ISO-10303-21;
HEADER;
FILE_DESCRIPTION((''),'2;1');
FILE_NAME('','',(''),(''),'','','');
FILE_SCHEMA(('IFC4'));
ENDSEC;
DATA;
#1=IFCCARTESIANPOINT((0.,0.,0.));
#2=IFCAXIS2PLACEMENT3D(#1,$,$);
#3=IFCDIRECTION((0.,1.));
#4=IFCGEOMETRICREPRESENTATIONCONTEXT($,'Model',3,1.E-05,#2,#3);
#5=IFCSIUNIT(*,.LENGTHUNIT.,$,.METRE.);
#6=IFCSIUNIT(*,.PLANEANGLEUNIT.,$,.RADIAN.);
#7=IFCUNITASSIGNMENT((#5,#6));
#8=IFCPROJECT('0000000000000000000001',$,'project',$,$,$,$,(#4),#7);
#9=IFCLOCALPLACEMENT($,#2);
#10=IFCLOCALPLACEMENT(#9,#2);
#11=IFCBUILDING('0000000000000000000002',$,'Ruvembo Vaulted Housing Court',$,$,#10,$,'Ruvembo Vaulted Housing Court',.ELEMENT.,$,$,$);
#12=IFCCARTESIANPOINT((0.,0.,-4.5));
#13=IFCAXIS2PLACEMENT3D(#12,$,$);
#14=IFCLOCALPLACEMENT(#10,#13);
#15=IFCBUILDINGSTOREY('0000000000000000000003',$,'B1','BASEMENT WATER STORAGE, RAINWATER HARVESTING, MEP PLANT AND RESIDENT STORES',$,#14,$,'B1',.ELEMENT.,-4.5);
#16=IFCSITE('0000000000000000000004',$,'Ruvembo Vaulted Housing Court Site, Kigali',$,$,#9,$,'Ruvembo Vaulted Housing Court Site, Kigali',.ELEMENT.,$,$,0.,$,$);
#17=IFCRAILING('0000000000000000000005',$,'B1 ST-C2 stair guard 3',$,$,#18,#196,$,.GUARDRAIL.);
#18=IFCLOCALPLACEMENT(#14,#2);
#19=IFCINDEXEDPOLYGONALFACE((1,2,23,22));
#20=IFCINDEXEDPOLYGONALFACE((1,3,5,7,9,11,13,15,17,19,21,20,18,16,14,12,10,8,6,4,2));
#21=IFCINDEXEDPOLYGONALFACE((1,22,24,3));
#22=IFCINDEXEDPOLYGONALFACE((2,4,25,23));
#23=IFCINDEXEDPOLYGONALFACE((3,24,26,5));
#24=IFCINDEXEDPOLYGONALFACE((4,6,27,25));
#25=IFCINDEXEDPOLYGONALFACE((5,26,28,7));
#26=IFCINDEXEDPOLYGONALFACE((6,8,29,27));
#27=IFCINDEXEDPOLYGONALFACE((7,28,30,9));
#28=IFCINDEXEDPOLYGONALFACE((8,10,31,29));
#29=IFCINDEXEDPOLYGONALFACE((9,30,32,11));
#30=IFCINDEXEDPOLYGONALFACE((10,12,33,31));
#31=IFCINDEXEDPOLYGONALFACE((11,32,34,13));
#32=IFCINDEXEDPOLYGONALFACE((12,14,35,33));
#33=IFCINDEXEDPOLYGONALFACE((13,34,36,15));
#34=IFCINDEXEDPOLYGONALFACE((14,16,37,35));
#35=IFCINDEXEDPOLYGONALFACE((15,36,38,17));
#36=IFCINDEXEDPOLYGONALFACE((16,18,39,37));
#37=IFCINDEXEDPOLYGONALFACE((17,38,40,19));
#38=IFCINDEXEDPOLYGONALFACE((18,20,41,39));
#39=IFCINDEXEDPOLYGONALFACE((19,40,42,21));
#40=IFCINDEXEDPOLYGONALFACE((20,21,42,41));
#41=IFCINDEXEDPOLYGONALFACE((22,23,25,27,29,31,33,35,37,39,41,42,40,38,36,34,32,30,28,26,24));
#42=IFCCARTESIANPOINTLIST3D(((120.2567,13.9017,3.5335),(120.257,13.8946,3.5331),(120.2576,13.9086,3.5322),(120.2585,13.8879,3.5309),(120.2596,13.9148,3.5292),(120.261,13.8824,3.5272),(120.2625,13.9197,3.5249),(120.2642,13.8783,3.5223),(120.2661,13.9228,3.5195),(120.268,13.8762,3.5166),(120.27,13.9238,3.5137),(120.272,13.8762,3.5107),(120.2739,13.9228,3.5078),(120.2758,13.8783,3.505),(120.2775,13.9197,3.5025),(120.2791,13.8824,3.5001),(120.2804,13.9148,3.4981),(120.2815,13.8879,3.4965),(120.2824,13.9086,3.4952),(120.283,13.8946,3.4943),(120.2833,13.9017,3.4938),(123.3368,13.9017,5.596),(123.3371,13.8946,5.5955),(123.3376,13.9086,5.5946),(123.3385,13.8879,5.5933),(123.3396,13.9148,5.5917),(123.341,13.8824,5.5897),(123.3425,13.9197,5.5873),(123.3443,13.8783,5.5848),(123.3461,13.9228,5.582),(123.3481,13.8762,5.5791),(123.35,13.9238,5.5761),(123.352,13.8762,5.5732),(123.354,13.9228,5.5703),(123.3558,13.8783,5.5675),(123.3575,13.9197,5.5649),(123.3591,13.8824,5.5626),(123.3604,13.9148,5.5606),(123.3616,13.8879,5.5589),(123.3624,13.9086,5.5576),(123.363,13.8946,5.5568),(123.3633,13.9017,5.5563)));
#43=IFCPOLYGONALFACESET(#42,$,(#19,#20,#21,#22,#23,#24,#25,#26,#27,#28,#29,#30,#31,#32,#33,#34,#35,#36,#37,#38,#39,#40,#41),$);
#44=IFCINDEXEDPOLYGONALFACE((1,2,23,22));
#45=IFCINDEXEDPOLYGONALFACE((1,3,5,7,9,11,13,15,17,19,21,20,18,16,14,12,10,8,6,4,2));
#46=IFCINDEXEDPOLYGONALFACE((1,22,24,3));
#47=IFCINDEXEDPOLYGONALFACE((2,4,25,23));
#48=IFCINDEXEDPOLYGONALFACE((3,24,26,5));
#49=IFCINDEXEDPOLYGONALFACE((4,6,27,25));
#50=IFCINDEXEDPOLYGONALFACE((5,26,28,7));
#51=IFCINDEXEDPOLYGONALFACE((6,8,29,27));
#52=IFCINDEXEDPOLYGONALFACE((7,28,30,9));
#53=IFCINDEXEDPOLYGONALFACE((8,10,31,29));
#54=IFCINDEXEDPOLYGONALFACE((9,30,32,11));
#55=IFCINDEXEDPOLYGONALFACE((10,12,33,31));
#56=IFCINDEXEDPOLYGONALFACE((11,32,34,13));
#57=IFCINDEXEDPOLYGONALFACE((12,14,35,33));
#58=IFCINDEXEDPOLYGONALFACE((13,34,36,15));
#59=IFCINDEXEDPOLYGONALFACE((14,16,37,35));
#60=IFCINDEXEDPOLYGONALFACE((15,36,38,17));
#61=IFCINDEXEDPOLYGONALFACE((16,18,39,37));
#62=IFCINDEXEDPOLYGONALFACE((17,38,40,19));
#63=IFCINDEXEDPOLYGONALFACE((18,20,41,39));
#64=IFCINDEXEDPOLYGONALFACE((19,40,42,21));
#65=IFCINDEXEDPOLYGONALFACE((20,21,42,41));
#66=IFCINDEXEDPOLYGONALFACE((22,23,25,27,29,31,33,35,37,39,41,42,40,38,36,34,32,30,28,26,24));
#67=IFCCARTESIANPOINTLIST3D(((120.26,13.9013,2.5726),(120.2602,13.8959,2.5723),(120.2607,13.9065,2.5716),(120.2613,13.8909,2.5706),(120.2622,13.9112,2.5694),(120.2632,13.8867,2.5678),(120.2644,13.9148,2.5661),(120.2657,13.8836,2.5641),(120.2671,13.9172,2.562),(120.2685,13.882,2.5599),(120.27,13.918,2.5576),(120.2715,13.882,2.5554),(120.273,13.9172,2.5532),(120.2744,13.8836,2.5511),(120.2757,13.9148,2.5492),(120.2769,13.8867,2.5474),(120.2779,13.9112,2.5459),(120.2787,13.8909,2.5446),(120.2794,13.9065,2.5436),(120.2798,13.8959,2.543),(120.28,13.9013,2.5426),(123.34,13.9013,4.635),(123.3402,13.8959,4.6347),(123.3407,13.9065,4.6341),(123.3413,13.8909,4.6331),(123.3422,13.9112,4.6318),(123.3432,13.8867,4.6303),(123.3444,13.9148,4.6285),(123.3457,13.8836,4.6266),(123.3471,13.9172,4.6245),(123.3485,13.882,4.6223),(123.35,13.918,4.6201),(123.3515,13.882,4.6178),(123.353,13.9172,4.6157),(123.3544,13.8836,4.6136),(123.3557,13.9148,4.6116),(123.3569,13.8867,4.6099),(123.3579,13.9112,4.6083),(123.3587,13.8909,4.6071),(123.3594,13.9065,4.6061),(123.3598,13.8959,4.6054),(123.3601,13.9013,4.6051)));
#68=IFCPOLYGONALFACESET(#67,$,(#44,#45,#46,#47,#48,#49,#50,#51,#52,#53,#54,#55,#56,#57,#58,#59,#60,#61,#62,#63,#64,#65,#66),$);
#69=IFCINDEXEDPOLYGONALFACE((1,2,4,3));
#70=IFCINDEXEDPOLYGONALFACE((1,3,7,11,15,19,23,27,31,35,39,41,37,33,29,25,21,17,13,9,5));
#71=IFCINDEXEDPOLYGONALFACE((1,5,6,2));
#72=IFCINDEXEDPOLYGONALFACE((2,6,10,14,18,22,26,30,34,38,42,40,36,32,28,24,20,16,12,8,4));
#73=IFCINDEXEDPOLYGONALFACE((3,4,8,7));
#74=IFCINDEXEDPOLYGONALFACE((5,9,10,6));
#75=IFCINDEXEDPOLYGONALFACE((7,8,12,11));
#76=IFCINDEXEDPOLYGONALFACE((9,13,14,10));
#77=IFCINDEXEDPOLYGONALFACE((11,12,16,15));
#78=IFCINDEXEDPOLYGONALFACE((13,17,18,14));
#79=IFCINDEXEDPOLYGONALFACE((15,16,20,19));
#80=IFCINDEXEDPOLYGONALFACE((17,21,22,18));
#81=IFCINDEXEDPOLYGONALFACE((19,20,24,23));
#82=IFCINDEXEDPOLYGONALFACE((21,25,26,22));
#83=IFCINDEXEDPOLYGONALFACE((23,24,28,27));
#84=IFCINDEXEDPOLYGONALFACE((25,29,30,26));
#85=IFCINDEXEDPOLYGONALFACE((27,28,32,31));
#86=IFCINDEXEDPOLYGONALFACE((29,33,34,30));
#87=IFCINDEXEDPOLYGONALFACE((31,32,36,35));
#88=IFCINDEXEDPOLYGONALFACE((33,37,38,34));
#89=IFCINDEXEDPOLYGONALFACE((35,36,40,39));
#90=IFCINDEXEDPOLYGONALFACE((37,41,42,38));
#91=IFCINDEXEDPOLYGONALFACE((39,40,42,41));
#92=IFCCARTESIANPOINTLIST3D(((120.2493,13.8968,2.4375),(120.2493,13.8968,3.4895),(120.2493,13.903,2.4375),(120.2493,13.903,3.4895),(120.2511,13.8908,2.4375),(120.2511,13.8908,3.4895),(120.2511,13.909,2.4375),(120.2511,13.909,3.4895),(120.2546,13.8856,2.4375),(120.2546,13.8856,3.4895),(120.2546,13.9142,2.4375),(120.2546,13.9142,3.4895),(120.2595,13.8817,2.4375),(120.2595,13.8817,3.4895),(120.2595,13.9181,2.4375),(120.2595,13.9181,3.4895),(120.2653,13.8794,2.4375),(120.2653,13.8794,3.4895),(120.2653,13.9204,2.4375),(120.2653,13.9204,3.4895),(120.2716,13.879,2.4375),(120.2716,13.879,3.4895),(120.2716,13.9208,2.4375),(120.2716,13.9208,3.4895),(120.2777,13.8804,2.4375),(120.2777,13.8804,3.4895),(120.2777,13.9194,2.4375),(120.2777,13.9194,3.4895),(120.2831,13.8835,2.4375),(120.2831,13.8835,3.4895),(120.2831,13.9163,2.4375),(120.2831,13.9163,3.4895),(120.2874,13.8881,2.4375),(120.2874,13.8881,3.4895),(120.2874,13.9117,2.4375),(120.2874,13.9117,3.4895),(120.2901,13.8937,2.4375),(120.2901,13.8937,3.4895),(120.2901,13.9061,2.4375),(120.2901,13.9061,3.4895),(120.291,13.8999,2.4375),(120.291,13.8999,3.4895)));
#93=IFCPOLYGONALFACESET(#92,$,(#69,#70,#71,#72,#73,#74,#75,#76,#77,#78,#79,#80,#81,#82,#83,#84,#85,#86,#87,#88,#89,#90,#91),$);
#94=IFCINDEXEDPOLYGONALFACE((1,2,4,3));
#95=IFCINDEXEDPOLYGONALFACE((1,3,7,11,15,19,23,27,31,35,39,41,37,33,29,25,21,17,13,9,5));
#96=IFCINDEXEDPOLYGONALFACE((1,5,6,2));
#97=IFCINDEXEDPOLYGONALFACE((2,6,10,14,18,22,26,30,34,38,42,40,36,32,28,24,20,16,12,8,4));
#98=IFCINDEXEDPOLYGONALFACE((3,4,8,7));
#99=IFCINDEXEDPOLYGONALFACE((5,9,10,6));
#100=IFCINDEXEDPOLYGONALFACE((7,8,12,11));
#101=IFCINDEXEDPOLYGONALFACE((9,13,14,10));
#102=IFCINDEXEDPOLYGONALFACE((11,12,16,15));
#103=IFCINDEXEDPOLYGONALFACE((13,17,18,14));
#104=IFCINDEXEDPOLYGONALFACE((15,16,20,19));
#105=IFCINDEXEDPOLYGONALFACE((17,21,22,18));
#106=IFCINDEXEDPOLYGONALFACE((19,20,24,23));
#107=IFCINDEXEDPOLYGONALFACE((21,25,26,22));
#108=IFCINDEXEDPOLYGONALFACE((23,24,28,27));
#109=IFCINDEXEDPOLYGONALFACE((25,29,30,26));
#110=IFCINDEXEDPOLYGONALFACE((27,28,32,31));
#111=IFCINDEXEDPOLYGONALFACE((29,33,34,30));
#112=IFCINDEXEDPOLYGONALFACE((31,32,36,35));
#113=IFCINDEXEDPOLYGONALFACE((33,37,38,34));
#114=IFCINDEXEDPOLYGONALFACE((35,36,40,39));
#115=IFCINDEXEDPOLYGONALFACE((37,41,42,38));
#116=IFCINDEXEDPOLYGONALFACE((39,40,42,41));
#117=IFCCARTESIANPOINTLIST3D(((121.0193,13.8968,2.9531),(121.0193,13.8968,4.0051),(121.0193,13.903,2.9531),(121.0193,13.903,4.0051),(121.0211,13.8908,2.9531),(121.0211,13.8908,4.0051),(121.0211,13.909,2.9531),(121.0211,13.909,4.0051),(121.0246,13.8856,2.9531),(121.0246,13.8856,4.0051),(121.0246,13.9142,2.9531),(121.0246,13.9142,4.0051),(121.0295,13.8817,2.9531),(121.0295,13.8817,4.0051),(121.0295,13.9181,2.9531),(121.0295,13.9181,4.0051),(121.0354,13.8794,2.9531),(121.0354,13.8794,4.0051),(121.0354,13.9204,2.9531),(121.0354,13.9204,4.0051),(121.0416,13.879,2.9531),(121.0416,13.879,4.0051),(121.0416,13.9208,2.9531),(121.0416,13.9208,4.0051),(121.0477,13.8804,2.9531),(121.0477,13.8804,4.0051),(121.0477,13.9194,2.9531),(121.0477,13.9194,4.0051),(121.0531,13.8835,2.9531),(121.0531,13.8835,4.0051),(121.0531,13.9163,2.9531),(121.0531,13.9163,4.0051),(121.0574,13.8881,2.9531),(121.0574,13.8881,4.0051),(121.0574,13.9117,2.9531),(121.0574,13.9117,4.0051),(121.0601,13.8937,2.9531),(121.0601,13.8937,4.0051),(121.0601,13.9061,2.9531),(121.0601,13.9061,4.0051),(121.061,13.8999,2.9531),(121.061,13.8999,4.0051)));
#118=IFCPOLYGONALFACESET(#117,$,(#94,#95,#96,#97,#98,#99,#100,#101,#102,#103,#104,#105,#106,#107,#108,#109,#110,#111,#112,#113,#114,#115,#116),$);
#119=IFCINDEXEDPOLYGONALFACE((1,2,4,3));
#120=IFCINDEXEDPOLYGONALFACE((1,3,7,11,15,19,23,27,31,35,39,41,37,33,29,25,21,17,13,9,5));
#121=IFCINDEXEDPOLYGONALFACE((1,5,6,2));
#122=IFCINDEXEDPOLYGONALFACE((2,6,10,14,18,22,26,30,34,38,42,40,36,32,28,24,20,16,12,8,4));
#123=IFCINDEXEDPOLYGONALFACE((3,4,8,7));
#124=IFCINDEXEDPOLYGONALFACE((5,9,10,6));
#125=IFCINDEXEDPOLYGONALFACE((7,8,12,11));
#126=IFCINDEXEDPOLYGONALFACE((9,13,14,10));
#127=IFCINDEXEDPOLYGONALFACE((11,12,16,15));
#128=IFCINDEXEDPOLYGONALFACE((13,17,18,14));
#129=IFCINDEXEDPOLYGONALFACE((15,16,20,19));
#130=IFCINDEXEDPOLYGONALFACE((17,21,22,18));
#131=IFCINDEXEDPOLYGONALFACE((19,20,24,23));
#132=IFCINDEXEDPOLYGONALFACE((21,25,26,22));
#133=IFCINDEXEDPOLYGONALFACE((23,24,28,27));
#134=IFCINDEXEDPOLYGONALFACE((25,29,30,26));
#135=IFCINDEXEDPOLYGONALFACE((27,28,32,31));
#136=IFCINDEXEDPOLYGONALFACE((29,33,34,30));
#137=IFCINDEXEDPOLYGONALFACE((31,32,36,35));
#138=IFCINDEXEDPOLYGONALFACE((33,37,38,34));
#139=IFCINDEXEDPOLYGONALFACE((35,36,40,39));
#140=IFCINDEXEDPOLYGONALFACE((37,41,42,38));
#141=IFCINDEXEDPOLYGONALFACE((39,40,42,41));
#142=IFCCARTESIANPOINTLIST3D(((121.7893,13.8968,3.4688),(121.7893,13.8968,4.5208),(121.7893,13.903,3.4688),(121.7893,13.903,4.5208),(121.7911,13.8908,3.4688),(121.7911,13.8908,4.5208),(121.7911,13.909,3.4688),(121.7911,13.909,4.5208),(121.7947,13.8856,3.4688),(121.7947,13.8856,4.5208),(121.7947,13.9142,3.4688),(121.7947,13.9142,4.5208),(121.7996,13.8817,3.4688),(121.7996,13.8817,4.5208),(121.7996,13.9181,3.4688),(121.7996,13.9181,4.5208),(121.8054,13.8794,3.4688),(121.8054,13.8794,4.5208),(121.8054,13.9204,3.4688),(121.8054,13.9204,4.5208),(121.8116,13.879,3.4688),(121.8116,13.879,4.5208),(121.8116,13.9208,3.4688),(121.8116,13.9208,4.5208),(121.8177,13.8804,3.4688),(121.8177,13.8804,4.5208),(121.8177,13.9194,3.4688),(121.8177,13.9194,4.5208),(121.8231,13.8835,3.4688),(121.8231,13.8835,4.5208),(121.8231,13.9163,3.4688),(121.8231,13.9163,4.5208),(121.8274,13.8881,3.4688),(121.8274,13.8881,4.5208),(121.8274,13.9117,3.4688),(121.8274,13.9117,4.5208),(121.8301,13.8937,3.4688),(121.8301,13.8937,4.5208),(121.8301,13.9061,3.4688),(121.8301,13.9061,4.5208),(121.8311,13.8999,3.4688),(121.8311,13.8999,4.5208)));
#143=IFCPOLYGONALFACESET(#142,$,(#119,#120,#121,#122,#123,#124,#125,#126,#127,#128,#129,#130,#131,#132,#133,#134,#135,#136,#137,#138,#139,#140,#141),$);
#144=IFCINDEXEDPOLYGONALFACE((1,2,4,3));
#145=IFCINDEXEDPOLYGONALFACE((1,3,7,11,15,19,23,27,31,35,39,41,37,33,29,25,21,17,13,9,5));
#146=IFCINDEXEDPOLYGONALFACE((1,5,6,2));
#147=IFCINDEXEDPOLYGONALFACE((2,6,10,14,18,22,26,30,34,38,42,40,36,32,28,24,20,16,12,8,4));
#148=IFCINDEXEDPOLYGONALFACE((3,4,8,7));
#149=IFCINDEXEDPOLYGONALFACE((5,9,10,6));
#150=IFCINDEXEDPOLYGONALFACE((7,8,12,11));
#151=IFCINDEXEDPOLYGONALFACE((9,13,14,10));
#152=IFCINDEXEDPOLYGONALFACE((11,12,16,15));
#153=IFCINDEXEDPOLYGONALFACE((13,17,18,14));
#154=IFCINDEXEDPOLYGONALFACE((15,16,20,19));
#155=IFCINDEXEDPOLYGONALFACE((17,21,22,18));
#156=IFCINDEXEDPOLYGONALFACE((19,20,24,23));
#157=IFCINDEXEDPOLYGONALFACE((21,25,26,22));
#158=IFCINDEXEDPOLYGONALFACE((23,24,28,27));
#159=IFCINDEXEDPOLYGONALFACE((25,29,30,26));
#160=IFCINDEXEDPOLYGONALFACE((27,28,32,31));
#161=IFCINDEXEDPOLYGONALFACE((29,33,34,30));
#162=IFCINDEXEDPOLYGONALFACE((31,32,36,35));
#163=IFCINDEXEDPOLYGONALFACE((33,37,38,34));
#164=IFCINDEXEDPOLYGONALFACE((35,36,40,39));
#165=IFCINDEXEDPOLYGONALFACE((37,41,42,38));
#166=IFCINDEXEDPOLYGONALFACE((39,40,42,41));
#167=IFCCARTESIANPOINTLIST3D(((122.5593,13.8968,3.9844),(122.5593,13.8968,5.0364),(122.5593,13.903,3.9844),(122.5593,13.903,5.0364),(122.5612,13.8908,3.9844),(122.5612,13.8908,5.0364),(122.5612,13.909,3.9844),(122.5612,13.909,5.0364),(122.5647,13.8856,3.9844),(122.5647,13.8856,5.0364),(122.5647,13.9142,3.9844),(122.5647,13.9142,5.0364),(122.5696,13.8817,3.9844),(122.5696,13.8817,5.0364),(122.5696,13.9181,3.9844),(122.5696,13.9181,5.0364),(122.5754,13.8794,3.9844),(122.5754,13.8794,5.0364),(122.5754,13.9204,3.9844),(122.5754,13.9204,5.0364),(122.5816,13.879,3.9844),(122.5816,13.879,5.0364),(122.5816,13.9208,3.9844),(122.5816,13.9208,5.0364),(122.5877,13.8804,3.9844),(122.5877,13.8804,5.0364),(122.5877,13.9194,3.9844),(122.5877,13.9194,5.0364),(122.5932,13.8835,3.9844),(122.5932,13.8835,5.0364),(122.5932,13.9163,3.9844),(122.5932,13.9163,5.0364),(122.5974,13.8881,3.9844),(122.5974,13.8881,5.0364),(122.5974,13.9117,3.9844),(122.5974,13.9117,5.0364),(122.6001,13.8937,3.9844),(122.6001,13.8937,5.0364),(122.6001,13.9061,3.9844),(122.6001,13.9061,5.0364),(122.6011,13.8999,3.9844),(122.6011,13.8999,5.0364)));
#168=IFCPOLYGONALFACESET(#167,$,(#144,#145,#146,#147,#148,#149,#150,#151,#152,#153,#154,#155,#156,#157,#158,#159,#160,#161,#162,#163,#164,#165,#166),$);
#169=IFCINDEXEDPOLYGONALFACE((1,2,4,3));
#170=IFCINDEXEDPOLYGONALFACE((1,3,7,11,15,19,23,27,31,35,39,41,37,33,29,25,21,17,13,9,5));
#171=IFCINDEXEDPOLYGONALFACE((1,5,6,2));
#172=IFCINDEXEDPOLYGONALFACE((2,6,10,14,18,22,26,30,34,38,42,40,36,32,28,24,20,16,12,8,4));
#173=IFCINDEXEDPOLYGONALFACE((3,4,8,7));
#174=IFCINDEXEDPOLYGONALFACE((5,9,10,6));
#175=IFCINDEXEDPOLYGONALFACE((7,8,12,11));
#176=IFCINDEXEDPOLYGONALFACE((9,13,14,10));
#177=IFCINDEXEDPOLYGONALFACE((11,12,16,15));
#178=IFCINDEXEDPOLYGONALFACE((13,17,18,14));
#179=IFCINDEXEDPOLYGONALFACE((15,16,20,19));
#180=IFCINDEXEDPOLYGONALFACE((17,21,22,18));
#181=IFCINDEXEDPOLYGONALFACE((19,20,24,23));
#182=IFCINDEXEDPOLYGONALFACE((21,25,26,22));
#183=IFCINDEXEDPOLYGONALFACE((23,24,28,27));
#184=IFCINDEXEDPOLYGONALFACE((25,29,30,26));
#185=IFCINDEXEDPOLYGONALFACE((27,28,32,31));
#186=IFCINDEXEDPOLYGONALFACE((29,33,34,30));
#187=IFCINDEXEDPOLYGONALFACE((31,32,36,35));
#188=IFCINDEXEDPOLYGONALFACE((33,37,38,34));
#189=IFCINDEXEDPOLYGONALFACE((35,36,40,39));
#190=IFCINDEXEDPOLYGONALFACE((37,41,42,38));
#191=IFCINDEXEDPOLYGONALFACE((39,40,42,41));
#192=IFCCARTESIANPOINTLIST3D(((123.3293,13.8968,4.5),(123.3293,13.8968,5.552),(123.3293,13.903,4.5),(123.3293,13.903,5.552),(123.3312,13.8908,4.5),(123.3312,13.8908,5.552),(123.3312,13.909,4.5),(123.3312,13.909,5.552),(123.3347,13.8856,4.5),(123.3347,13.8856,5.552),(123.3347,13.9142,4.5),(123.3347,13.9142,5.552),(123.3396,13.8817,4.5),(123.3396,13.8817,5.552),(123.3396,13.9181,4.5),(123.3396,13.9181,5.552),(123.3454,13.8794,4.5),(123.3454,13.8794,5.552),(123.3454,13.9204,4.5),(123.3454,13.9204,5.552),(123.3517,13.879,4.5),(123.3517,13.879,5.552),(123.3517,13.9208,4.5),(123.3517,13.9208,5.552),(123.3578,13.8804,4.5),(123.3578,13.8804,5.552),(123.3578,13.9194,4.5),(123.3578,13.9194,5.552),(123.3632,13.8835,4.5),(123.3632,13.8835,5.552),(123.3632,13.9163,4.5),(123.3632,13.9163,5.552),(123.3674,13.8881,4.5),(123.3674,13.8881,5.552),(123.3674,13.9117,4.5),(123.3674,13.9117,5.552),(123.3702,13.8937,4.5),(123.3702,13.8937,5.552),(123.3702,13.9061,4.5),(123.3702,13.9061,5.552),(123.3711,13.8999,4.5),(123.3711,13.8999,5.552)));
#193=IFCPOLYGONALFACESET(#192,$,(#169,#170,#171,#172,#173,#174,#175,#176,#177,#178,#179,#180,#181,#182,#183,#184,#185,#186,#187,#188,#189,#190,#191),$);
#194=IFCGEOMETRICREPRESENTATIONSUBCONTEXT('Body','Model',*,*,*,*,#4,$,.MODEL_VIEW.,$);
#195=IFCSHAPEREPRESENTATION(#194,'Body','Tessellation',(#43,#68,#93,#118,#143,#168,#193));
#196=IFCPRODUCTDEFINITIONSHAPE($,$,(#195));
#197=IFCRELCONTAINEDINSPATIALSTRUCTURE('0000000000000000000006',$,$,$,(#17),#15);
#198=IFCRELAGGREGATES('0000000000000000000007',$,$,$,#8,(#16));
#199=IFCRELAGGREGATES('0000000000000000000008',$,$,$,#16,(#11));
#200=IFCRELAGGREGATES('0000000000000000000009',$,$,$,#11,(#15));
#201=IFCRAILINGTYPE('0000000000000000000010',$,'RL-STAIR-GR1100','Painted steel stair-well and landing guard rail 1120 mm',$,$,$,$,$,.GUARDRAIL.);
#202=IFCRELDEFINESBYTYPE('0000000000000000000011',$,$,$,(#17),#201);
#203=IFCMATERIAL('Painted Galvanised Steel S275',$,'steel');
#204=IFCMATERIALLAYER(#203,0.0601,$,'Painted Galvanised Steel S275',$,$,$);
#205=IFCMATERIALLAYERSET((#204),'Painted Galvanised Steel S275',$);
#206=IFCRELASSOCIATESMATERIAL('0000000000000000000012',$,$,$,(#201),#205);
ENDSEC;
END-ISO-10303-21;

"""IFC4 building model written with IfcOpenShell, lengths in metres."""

from ifc_helpers import new_model, si_unit, direction, frame, origin, origin_2d, place, context, subcontext, project, spatial, circle, extrude, material, layer, layer_set, type_object, element, save


model = new_model("IFC4")

# Units and contexts
model_context = context("Model", 3, precision=1e-05, world=origin(), true_north=direction((0.0, 1.0)))
body_context = subcontext(model_context, "Body", "Model", "MODEL_VIEW")
ifc_project = project(units=[si_unit("LENGTHUNIT", "METRE"), si_unit("PLANEANGLEUNIT", "RADIAN")], contexts=[model_context])

# Site, building, storey
site_placement = place(None, origin())
site = spatial("IfcSite", under=ifc_project, at=site_placement, Name="Ruvembo Vaulted Housing Court Site, Kigali", LongName="Ruvembo Vaulted Housing Court Site, Kigali", CompositionType="ELEMENT", RefElevation=0.0)
building_placement = place(site_placement, origin())
building = spatial("IfcBuilding", under=site, at=building_placement, Name="Ruvembo Vaulted Housing Court", LongName="Ruvembo Vaulted Housing Court", CompositionType="ELEMENT")
storey_placement = place(building_placement, frame((0.0, 0.0, -4.5)))
storey = spatial("IfcBuildingStorey", under=building, at=storey_placement, Name="B1", Description="BASEMENT WATER STORAGE, RAINWATER HARVESTING, MEP PLANT AND RESIDENT STORES", LongName="B1", CompositionType="ELEMENT", Elevation=-4.5)

# Railing
ifc_material_1 = material(Name="Painted Galvanised Steel S275", Category="steel")
ifc_layer_1 = layer(ifc_material_1, 0.0601, Name="Painted Galvanised Steel S275")
ifc_layer_set_1 = layer_set([ifc_layer_1], Name="Painted Galvanised Steel S275")
railing_type_1 = type_object("IfcRailingType", Name="RL-STAIR-GR1100", Description="Painted steel stair-well and landing guard rail 1120 mm", PredefinedType="GUARDRAIL", material=ifc_layer_set_1)
railing_1_placement = place(storey_placement, frame((120.27, 13.8999, 2.4375)))
element("IfcRailing", 1, at=railing_1_placement, inside=storey, type_object=railing_type_1, Name="B1 ST-C2 stair guard 3", PredefinedType="GUARDRAIL", context=body_context, shape_type="SweptSolid", body=[
    extrude(circle(Radius=0.0239, at=origin_2d()), frame((0.0, 0.0, 1.0762), z_axis=(0.830914, 0.0, 0.556401), x_axis=(0.0, 1.0, 0.0)), (0.0, 0.0, 1.0), 3.7068),
    extrude(circle(Radius=0.0181, at=origin_2d()), frame((0.0, 0.0, 0.1201), z_axis=(0.830914, 0.0, 0.556401), x_axis=(0.0, 1.0, 0.0)), (0.0, 0.0, 1.0), 3.7068),
    extrude(circle(Radius=0.021, at=origin_2d()), origin(), (0.0, 0.0, 1.0), 1.052),
    extrude(circle(Radius=0.021, at=origin_2d()), frame((0.77, 0.0, 0.5156)), (0.0, 0.0, 1.0), 1.052),
    extrude(circle(Radius=0.021, at=origin_2d()), frame((1.54, 0.0, 1.0312)), (0.0, 0.0, 1.0), 1.052),
    extrude(circle(Radius=0.021, at=origin_2d()), frame((2.3101, 0.0, 1.5469)), (0.0, 0.0, 1.0), 1.052),
    extrude(circle(Radius=0.021, at=origin_2d()), frame((3.0801, 0.0, 2.0625)), (0.0, 0.0, 1.0), 1.052),
])

save(model, "model.ifc")
